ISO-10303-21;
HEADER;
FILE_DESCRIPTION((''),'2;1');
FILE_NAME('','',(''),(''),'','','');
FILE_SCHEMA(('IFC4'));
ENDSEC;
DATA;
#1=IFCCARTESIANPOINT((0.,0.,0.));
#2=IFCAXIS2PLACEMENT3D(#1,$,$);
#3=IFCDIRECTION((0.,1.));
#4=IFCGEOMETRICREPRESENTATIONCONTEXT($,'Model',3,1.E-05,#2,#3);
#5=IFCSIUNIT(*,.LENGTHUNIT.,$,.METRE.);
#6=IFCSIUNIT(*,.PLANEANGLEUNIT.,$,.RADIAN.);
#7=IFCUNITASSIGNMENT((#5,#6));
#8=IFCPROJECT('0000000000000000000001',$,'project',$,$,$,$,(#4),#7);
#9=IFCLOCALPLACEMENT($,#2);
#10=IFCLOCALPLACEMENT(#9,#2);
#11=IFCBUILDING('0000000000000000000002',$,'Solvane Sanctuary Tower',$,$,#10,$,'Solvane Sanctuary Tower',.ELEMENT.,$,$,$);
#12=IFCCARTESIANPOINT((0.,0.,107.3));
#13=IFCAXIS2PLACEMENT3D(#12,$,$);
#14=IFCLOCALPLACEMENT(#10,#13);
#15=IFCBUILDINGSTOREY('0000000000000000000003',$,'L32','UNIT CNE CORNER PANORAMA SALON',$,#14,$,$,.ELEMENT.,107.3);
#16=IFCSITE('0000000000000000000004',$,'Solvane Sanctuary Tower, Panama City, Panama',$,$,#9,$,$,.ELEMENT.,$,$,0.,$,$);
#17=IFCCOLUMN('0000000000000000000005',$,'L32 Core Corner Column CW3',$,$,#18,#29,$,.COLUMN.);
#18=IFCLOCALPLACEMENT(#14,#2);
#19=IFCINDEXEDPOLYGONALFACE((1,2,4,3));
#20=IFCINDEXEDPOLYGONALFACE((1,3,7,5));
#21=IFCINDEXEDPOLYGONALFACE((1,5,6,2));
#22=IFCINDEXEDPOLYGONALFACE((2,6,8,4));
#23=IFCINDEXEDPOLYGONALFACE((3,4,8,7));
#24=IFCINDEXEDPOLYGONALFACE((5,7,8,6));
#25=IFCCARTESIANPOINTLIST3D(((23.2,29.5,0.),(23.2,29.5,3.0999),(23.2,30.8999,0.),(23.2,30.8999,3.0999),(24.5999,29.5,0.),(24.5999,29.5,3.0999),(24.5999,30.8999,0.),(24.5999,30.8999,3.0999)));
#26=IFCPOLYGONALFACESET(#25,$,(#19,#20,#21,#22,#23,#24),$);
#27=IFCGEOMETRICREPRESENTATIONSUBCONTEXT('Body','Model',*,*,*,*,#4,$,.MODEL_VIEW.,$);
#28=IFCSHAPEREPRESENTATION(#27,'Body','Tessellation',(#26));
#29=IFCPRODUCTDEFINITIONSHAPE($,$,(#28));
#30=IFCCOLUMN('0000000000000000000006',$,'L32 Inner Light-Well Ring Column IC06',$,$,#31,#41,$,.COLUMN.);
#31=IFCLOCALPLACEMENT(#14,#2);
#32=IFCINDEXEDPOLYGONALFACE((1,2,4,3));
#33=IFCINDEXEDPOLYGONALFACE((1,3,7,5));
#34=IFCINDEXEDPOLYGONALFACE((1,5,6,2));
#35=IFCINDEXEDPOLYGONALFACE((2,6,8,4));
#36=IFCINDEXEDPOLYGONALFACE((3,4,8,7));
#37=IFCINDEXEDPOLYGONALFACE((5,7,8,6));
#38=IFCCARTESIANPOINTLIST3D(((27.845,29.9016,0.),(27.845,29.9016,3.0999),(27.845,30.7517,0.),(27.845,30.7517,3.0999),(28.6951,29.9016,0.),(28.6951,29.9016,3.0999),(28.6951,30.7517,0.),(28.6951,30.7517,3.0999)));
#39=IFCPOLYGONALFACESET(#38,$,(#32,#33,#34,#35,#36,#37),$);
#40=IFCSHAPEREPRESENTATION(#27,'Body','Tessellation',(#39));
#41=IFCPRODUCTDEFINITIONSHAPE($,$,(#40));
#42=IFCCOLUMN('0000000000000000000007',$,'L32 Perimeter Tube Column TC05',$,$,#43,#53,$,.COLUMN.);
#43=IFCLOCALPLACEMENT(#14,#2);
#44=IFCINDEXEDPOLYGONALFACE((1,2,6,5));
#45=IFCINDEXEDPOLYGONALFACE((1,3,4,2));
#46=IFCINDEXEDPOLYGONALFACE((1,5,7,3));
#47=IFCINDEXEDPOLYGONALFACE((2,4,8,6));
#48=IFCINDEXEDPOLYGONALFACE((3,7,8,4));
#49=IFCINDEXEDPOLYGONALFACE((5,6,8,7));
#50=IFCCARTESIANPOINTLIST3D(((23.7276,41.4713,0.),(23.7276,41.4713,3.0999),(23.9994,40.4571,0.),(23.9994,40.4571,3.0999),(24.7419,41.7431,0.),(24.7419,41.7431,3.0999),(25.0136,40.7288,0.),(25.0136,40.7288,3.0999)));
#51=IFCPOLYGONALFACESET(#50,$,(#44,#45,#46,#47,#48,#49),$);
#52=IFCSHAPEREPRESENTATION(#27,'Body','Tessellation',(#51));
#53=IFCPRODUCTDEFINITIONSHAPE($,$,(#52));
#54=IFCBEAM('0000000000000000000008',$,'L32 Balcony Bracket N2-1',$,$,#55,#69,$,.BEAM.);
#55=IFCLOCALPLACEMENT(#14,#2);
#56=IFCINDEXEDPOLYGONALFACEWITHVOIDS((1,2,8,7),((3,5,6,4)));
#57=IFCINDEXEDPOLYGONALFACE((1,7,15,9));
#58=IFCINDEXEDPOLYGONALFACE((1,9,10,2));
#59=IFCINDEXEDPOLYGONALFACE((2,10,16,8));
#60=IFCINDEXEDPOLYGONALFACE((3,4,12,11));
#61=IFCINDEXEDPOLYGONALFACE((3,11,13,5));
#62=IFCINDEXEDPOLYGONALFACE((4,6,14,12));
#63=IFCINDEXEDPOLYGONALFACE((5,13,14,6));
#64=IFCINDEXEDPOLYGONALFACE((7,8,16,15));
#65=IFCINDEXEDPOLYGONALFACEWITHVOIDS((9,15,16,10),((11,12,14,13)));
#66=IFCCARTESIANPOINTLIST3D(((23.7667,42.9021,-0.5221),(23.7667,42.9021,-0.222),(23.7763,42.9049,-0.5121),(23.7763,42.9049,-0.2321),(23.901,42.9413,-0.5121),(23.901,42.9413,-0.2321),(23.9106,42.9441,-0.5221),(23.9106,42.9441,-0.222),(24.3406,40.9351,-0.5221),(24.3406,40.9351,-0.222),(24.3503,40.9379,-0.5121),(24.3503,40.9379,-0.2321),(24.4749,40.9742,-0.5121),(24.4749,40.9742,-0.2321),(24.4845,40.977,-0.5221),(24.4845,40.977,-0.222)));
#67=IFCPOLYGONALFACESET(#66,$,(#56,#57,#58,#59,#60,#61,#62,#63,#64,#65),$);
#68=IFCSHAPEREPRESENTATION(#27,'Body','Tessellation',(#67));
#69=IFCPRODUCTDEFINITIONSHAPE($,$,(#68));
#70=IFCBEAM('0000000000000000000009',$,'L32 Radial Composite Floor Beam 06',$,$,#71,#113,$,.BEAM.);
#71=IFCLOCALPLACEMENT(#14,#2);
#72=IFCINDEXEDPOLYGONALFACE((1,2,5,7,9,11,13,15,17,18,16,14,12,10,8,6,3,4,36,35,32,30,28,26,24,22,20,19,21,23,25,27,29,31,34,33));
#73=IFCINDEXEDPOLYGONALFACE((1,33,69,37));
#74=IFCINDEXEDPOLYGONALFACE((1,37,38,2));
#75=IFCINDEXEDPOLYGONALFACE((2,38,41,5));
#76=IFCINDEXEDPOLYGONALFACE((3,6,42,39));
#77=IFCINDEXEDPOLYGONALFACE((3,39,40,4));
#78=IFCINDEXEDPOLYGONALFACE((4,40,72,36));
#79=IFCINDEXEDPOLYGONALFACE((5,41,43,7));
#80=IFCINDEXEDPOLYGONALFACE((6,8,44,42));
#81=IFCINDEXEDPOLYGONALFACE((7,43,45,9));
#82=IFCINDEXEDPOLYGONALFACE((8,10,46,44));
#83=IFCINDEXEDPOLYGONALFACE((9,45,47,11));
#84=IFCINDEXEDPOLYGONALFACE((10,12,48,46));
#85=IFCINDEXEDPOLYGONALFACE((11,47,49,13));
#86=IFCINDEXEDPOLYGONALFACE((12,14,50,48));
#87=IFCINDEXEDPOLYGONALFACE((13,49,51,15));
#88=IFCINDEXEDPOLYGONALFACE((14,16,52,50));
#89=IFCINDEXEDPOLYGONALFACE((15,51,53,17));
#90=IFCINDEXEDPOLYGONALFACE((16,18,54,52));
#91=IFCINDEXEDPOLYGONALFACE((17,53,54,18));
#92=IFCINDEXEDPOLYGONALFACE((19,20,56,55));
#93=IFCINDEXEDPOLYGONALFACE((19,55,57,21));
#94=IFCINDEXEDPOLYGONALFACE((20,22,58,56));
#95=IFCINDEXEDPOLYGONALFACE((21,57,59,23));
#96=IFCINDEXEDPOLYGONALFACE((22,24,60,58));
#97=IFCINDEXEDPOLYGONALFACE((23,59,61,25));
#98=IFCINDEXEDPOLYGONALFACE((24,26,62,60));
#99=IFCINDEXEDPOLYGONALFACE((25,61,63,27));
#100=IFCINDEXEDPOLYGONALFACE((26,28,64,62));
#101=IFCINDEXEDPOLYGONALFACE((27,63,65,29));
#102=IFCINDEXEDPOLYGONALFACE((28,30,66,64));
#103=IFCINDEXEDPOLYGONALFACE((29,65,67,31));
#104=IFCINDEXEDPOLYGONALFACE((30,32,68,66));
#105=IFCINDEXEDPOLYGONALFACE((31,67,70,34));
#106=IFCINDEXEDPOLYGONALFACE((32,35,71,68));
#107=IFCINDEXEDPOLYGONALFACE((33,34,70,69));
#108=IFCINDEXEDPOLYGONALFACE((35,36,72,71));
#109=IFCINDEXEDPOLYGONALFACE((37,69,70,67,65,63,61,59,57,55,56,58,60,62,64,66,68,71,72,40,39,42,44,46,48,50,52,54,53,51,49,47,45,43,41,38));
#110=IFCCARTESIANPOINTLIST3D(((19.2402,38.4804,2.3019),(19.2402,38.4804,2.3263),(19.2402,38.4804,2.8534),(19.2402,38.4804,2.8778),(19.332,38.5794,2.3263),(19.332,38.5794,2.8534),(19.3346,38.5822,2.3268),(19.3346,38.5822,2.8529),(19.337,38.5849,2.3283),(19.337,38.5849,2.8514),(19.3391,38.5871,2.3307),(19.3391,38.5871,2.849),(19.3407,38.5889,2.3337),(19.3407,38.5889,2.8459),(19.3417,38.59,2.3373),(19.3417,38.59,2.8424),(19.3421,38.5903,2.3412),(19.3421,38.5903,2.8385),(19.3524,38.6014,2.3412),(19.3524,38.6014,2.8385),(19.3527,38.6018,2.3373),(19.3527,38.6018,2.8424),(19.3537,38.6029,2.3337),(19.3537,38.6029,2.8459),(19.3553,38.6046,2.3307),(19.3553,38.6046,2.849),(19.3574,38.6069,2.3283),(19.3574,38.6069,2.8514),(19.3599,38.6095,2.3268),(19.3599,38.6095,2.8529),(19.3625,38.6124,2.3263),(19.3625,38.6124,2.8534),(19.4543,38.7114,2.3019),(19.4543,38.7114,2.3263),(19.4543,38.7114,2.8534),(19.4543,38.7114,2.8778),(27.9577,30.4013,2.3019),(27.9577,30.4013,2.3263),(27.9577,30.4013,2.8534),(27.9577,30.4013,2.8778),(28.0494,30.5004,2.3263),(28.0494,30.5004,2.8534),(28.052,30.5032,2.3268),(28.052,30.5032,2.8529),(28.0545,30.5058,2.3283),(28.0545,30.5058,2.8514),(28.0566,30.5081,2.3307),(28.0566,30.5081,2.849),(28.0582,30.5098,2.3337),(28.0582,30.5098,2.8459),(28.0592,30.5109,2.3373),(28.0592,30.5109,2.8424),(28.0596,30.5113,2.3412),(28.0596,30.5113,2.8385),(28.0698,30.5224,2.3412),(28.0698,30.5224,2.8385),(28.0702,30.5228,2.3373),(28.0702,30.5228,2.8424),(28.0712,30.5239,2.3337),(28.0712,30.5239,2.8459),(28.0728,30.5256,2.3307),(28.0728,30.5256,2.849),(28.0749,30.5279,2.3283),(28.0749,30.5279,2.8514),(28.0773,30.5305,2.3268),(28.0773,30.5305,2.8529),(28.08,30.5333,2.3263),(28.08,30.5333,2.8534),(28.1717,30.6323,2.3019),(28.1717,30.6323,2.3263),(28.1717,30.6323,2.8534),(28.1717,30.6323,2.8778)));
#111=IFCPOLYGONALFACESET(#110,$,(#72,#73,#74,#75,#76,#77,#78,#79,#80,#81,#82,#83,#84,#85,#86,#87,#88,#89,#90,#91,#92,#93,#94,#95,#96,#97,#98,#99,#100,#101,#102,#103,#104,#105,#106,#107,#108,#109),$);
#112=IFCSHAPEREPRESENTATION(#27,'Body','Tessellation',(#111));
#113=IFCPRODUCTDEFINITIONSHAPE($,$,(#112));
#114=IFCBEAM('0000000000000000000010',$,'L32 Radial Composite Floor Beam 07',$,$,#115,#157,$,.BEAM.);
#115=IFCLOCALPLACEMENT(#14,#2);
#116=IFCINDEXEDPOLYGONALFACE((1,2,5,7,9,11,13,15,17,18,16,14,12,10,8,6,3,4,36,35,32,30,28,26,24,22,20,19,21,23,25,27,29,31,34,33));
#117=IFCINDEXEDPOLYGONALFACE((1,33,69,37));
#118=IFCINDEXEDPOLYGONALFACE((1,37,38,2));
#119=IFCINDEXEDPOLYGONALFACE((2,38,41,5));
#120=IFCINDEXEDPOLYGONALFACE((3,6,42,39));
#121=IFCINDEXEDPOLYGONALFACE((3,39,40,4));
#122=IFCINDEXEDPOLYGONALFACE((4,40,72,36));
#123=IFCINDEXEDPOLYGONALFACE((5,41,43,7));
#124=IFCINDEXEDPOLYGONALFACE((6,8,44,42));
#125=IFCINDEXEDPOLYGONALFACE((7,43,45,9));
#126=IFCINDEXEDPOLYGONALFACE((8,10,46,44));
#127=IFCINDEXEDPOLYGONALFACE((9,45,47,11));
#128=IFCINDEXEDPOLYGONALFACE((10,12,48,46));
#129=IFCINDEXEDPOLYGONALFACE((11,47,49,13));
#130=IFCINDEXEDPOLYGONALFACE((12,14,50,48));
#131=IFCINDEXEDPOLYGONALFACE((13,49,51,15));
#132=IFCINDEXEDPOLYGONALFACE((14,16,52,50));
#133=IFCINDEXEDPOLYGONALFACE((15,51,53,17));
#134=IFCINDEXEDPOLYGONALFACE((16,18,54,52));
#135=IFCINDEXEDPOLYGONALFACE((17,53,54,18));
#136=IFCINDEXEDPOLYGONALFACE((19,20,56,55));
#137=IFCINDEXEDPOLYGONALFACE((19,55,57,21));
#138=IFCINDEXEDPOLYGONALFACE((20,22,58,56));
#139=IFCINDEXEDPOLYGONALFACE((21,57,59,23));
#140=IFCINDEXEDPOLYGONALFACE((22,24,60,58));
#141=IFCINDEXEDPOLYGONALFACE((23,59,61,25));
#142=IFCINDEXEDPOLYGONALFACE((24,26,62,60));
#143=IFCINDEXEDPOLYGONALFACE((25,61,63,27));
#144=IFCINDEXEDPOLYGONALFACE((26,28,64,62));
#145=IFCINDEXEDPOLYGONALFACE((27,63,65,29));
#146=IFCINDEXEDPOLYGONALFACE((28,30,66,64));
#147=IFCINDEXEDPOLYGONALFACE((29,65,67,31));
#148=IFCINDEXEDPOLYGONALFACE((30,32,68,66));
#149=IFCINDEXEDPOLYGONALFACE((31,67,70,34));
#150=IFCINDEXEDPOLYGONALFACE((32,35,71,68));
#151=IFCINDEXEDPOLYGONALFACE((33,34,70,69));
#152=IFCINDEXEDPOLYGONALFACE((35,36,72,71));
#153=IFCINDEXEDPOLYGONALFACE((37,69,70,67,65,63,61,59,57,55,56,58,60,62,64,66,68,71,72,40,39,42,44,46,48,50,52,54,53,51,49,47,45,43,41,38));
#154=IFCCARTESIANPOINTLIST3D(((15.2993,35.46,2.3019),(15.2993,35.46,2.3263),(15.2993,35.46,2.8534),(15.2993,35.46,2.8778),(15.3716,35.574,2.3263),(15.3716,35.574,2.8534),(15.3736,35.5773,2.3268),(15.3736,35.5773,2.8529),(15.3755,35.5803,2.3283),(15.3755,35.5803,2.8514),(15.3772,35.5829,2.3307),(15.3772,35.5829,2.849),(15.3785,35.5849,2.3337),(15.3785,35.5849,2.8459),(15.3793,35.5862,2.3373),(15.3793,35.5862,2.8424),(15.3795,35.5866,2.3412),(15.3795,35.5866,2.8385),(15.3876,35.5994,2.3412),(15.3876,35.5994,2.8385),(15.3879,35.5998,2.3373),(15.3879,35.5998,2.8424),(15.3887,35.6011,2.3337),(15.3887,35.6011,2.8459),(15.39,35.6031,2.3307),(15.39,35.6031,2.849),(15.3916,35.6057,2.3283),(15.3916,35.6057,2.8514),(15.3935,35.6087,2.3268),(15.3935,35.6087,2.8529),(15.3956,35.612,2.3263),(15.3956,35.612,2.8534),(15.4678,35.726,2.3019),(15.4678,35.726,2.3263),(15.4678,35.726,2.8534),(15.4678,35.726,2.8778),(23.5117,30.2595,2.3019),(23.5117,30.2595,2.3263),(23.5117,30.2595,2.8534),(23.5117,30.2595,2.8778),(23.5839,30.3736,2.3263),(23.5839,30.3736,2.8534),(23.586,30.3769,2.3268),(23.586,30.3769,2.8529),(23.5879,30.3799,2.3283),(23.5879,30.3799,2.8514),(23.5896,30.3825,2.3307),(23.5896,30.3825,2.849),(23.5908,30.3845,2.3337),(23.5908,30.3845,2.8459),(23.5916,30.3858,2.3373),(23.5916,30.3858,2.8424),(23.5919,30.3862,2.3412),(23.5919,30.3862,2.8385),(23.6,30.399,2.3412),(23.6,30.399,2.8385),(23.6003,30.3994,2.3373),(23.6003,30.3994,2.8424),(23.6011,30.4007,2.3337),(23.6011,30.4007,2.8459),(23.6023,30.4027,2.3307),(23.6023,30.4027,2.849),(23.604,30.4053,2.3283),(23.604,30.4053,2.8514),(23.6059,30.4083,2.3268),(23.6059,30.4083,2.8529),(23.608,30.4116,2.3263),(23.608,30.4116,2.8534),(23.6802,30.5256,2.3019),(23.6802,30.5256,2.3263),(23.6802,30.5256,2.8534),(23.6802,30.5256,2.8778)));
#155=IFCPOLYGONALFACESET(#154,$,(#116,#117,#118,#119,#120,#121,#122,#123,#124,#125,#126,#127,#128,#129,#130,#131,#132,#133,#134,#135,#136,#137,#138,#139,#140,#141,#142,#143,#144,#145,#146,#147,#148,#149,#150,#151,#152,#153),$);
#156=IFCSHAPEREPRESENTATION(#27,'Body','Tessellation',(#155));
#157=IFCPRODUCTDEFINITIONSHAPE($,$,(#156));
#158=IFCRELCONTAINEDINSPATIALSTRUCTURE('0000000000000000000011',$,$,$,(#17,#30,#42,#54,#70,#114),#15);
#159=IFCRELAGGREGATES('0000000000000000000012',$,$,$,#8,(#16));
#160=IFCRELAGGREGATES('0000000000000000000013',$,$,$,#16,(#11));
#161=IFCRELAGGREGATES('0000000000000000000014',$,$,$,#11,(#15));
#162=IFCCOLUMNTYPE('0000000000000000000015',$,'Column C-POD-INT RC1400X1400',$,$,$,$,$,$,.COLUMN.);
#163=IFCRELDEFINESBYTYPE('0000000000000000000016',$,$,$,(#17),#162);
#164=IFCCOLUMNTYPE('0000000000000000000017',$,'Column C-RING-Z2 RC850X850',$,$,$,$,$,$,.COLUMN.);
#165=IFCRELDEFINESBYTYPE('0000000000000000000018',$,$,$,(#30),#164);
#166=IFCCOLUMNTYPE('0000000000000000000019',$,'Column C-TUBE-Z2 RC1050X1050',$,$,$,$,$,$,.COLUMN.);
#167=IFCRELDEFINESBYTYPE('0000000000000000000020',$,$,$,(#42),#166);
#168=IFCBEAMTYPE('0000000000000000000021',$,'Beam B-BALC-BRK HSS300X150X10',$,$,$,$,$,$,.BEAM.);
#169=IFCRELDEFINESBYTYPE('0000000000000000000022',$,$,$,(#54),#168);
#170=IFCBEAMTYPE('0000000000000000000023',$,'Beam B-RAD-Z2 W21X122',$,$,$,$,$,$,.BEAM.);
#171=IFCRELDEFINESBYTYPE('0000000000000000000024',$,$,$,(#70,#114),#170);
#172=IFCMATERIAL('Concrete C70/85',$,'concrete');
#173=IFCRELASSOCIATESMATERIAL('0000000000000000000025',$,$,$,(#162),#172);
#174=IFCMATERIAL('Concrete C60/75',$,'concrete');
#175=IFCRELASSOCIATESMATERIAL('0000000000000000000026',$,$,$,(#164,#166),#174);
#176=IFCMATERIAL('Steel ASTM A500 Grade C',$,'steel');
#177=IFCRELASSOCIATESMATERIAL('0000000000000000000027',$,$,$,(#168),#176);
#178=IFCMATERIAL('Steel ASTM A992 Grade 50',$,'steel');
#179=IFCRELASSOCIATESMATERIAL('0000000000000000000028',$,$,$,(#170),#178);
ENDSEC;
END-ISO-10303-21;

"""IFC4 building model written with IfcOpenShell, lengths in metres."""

from ifc_helpers import new_model, si_unit, direction, frame, origin, origin_2d, place, context, subcontext, project, spatial, rectangle, hollow_rectangle, i_section, extrude, material, material_profile, profile_set, type_object, element, save


model = new_model("IFC4")

# Units and contexts
model_context = context("Model", 3, precision=1e-05, world=origin(), true_north=direction((0.0, 1.0)))
body_context = subcontext(model_context, "Body", "Model", "MODEL_VIEW")
ifc_project = project(units=[si_unit("LENGTHUNIT", "METRE"), si_unit("PLANEANGLEUNIT", "RADIAN")], contexts=[model_context])

# Site, building, storey
site_placement = place(None, origin())
site = spatial("IfcSite", under=ifc_project, at=site_placement, Name="Solvane Sanctuary Tower, Panama City, Panama", CompositionType="ELEMENT", RefElevation=0.0)
building_placement = place(site_placement, origin())
building = spatial("IfcBuilding", under=site, at=building_placement, Name="Solvane Sanctuary Tower", LongName="Solvane Sanctuary Tower", CompositionType="ELEMENT")
storey_placement = place(building_placement, frame((0.0, 0.0, 107.3)))
storey = spatial("IfcBuildingStorey", under=building, at=storey_placement, Name="L32", Description="UNIT CNE CORNER PANORAMA SALON", CompositionType="ELEMENT", Elevation=107.3)

# Columns
ifc_material_1 = material(Name="Concrete C70/85", Category="concrete")
ifc_material_profile_1 = material_profile(ifc_material_1, rectangle(XDim=1.3999, YDim=1.3999, at=origin_2d()), Name="RC1400X1400")
ifc_profile_set_1 = profile_set([ifc_material_profile_1], Name="Concrete C70/85")
column_type_1 = type_object("IfcColumnType", Name="Column C-POD-INT RC1400X1400", PredefinedType="COLUMN", material=ifc_profile_set_1)
column_1_placement = place(storey_placement, frame((23.8999, 30.2, 0.0), z_axis=(0.0, 0.0, 1.0), x_axis=(1.0, 0.0, 0.0)))
element("IfcColumn", 1, at=column_1_placement, inside=storey, type_object=column_type_1, Name="L32 Core Corner Column CW3", PredefinedType="COLUMN", context=body_context, shape_type="SweptSolid", body=[
    extrude(rectangle(XDim=1.3999, YDim=1.3999, at=origin_2d()), origin(), (0.0, 0.0, 1.0), 3.0999),
])
ifc_material_2 = material(Name="Concrete C60/75", Category="concrete")
ifc_material_profile_2 = material_profile(ifc_material_2, rectangle(XDim=0.8501, YDim=0.8501, at=origin_2d()), Name="RC850X850")
ifc_profile_set_2 = profile_set([ifc_material_profile_2], Name="Concrete C60/75")
column_type_2 = type_object("IfcColumnType", Name="Column C-RING-Z2 RC850X850", PredefinedType="COLUMN", material=ifc_profile_set_2)
column_2_placement = place(storey_placement, frame((28.27, 30.3267, 0.0), z_axis=(0.0, 0.0, 1.0), x_axis=(1.0, 0.0, 0.0)))
element("IfcColumn", 2, at=column_2_placement, inside=storey, type_object=column_type_2, Name="L32 Inner Light-Well Ring Column IC06", PredefinedType="COLUMN", context=body_context, shape_type="SweptSolid", body=[
    extrude(rectangle(XDim=0.8501, YDim=0.8501, at=origin_2d()), origin(), (0.0, 0.0, 1.0), 3.0999),
])
ifc_material_profile_3 = material_profile(ifc_material_2, rectangle(XDim=1.05, YDim=1.05, at=origin_2d()), Name="RC1050X1050")
ifc_profile_set_3 = profile_set([ifc_material_profile_3], Name="Concrete C60/75")
column_type_3 = type_object("IfcColumnType", Name="Column C-TUBE-Z2 RC1050X1050", PredefinedType="COLUMN", material=ifc_profile_set_3)
column_3_placement = place(storey_placement, frame((24.3706, 41.1001, 0.0), z_axis=(0.0, 0.0, 1.0), x_axis=(-0.258819, 0.965926, 0.0)))
element("IfcColumn", 3, at=column_3_placement, inside=storey, type_object=column_type_3, Name="L32 Perimeter Tube Column TC05", PredefinedType="COLUMN", context=body_context, shape_type="SweptSolid", body=[
    extrude(rectangle(XDim=1.05, YDim=1.05, at=origin_2d()), origin(), (0.0, 0.0, 1.0), 3.0999),
])

# Beams
ifc_material_3 = material(Name="Steel ASTM A500 Grade C", Category="steel")
ifc_material_profile_4 = material_profile(ifc_material_3, hollow_rectangle(XDim=0.1499, YDim=0.3, WallThickness=0.01, at=origin_2d()), Name="HSS300X150X10")
ifc_profile_set_4 = profile_set([ifc_material_profile_4], Name="Steel ASTM A500 Grade C")
beam_type_1 = type_object("IfcBeamType", Name="Beam B-BALC-BRK HSS300X150X10", PredefinedType="BEAM", material=ifc_profile_set_4)
beam_1_placement = place(storey_placement, frame((24.4126, 40.9561, -0.3721), z_axis=(-0.280114, 0.959967, 0.0), x_axis=(-0.959967, -0.280114, 0.0)))
element("IfcBeam", 4, at=beam_1_placement, inside=storey, type_object=beam_type_1, Name="L32 Balcony Bracket N2-1", PredefinedType="BEAM", context=body_context, shape_type="SweptSolid", body=[
    extrude(hollow_rectangle(XDim=0.1499, YDim=0.3, WallThickness=0.01, at=origin_2d()), origin(), (0.0, 0.0, 1.0), 2.0491),
])
ifc_material_4 = material(Name="Steel ASTM A992 Grade 50", Category="steel")
ifc_material_profile_5 = material_profile(ifc_material_4, i_section(OverallWidth=0.3149, OverallDepth=0.5759, WebThickness=0.0151, FlangeThickness=0.0244, FilletRadius=0.0149, at=origin_2d()), Name="W21X122")
ifc_profile_set_5 = profile_set([ifc_material_profile_5], Name="Steel ASTM A992 Grade 50")
beam_type_2 = type_object("IfcBeamType", Name="Beam B-RAD-Z2 W21X122", PredefinedType="BEAM", material=ifc_profile_set_5)
beam_2_placement = place(storey_placement, frame((28.0647, 30.5168, 2.5898), z_axis=(-0.733454, 0.679739, 0.0), x_axis=(-0.679739, -0.733454, 0.0)))
element("IfcBeam", 5, at=beam_2_placement, inside=storey, type_object=beam_type_2, Name="L32 Radial Composite Floor Beam 06", PredefinedType="BEAM", context=body_context, shape_type="SweptSolid", body=[
    extrude(i_section(OverallWidth=0.3149, OverallDepth=0.5759, WebThickness=0.0151, FlangeThickness=0.0244, FilletRadius=0.0149, at=origin_2d()), origin(), (0.0, 0.0, 1.0), 11.8855),
])
beam_3_placement = place(storey_placement, frame((23.5959, 30.3926, 2.5898), z_axis=(-0.844854, 0.534997, 0.0), x_axis=(-0.534997, -0.844854, 0.0)))
element("IfcBeam", 6, at=beam_3_placement, inside=storey, type_object=beam_type_2, Name="L32 Radial Composite Floor Beam 07", PredefinedType="BEAM", context=body_context, shape_type="SweptSolid", body=[
    extrude(i_section(OverallWidth=0.3149, OverallDepth=0.5759, WebThickness=0.0151, FlangeThickness=0.0244, FilletRadius=0.0149, at=origin_2d()), origin(), (0.0, 0.0, 1.0), 9.7205),
])

save(model, "model.ifc")
